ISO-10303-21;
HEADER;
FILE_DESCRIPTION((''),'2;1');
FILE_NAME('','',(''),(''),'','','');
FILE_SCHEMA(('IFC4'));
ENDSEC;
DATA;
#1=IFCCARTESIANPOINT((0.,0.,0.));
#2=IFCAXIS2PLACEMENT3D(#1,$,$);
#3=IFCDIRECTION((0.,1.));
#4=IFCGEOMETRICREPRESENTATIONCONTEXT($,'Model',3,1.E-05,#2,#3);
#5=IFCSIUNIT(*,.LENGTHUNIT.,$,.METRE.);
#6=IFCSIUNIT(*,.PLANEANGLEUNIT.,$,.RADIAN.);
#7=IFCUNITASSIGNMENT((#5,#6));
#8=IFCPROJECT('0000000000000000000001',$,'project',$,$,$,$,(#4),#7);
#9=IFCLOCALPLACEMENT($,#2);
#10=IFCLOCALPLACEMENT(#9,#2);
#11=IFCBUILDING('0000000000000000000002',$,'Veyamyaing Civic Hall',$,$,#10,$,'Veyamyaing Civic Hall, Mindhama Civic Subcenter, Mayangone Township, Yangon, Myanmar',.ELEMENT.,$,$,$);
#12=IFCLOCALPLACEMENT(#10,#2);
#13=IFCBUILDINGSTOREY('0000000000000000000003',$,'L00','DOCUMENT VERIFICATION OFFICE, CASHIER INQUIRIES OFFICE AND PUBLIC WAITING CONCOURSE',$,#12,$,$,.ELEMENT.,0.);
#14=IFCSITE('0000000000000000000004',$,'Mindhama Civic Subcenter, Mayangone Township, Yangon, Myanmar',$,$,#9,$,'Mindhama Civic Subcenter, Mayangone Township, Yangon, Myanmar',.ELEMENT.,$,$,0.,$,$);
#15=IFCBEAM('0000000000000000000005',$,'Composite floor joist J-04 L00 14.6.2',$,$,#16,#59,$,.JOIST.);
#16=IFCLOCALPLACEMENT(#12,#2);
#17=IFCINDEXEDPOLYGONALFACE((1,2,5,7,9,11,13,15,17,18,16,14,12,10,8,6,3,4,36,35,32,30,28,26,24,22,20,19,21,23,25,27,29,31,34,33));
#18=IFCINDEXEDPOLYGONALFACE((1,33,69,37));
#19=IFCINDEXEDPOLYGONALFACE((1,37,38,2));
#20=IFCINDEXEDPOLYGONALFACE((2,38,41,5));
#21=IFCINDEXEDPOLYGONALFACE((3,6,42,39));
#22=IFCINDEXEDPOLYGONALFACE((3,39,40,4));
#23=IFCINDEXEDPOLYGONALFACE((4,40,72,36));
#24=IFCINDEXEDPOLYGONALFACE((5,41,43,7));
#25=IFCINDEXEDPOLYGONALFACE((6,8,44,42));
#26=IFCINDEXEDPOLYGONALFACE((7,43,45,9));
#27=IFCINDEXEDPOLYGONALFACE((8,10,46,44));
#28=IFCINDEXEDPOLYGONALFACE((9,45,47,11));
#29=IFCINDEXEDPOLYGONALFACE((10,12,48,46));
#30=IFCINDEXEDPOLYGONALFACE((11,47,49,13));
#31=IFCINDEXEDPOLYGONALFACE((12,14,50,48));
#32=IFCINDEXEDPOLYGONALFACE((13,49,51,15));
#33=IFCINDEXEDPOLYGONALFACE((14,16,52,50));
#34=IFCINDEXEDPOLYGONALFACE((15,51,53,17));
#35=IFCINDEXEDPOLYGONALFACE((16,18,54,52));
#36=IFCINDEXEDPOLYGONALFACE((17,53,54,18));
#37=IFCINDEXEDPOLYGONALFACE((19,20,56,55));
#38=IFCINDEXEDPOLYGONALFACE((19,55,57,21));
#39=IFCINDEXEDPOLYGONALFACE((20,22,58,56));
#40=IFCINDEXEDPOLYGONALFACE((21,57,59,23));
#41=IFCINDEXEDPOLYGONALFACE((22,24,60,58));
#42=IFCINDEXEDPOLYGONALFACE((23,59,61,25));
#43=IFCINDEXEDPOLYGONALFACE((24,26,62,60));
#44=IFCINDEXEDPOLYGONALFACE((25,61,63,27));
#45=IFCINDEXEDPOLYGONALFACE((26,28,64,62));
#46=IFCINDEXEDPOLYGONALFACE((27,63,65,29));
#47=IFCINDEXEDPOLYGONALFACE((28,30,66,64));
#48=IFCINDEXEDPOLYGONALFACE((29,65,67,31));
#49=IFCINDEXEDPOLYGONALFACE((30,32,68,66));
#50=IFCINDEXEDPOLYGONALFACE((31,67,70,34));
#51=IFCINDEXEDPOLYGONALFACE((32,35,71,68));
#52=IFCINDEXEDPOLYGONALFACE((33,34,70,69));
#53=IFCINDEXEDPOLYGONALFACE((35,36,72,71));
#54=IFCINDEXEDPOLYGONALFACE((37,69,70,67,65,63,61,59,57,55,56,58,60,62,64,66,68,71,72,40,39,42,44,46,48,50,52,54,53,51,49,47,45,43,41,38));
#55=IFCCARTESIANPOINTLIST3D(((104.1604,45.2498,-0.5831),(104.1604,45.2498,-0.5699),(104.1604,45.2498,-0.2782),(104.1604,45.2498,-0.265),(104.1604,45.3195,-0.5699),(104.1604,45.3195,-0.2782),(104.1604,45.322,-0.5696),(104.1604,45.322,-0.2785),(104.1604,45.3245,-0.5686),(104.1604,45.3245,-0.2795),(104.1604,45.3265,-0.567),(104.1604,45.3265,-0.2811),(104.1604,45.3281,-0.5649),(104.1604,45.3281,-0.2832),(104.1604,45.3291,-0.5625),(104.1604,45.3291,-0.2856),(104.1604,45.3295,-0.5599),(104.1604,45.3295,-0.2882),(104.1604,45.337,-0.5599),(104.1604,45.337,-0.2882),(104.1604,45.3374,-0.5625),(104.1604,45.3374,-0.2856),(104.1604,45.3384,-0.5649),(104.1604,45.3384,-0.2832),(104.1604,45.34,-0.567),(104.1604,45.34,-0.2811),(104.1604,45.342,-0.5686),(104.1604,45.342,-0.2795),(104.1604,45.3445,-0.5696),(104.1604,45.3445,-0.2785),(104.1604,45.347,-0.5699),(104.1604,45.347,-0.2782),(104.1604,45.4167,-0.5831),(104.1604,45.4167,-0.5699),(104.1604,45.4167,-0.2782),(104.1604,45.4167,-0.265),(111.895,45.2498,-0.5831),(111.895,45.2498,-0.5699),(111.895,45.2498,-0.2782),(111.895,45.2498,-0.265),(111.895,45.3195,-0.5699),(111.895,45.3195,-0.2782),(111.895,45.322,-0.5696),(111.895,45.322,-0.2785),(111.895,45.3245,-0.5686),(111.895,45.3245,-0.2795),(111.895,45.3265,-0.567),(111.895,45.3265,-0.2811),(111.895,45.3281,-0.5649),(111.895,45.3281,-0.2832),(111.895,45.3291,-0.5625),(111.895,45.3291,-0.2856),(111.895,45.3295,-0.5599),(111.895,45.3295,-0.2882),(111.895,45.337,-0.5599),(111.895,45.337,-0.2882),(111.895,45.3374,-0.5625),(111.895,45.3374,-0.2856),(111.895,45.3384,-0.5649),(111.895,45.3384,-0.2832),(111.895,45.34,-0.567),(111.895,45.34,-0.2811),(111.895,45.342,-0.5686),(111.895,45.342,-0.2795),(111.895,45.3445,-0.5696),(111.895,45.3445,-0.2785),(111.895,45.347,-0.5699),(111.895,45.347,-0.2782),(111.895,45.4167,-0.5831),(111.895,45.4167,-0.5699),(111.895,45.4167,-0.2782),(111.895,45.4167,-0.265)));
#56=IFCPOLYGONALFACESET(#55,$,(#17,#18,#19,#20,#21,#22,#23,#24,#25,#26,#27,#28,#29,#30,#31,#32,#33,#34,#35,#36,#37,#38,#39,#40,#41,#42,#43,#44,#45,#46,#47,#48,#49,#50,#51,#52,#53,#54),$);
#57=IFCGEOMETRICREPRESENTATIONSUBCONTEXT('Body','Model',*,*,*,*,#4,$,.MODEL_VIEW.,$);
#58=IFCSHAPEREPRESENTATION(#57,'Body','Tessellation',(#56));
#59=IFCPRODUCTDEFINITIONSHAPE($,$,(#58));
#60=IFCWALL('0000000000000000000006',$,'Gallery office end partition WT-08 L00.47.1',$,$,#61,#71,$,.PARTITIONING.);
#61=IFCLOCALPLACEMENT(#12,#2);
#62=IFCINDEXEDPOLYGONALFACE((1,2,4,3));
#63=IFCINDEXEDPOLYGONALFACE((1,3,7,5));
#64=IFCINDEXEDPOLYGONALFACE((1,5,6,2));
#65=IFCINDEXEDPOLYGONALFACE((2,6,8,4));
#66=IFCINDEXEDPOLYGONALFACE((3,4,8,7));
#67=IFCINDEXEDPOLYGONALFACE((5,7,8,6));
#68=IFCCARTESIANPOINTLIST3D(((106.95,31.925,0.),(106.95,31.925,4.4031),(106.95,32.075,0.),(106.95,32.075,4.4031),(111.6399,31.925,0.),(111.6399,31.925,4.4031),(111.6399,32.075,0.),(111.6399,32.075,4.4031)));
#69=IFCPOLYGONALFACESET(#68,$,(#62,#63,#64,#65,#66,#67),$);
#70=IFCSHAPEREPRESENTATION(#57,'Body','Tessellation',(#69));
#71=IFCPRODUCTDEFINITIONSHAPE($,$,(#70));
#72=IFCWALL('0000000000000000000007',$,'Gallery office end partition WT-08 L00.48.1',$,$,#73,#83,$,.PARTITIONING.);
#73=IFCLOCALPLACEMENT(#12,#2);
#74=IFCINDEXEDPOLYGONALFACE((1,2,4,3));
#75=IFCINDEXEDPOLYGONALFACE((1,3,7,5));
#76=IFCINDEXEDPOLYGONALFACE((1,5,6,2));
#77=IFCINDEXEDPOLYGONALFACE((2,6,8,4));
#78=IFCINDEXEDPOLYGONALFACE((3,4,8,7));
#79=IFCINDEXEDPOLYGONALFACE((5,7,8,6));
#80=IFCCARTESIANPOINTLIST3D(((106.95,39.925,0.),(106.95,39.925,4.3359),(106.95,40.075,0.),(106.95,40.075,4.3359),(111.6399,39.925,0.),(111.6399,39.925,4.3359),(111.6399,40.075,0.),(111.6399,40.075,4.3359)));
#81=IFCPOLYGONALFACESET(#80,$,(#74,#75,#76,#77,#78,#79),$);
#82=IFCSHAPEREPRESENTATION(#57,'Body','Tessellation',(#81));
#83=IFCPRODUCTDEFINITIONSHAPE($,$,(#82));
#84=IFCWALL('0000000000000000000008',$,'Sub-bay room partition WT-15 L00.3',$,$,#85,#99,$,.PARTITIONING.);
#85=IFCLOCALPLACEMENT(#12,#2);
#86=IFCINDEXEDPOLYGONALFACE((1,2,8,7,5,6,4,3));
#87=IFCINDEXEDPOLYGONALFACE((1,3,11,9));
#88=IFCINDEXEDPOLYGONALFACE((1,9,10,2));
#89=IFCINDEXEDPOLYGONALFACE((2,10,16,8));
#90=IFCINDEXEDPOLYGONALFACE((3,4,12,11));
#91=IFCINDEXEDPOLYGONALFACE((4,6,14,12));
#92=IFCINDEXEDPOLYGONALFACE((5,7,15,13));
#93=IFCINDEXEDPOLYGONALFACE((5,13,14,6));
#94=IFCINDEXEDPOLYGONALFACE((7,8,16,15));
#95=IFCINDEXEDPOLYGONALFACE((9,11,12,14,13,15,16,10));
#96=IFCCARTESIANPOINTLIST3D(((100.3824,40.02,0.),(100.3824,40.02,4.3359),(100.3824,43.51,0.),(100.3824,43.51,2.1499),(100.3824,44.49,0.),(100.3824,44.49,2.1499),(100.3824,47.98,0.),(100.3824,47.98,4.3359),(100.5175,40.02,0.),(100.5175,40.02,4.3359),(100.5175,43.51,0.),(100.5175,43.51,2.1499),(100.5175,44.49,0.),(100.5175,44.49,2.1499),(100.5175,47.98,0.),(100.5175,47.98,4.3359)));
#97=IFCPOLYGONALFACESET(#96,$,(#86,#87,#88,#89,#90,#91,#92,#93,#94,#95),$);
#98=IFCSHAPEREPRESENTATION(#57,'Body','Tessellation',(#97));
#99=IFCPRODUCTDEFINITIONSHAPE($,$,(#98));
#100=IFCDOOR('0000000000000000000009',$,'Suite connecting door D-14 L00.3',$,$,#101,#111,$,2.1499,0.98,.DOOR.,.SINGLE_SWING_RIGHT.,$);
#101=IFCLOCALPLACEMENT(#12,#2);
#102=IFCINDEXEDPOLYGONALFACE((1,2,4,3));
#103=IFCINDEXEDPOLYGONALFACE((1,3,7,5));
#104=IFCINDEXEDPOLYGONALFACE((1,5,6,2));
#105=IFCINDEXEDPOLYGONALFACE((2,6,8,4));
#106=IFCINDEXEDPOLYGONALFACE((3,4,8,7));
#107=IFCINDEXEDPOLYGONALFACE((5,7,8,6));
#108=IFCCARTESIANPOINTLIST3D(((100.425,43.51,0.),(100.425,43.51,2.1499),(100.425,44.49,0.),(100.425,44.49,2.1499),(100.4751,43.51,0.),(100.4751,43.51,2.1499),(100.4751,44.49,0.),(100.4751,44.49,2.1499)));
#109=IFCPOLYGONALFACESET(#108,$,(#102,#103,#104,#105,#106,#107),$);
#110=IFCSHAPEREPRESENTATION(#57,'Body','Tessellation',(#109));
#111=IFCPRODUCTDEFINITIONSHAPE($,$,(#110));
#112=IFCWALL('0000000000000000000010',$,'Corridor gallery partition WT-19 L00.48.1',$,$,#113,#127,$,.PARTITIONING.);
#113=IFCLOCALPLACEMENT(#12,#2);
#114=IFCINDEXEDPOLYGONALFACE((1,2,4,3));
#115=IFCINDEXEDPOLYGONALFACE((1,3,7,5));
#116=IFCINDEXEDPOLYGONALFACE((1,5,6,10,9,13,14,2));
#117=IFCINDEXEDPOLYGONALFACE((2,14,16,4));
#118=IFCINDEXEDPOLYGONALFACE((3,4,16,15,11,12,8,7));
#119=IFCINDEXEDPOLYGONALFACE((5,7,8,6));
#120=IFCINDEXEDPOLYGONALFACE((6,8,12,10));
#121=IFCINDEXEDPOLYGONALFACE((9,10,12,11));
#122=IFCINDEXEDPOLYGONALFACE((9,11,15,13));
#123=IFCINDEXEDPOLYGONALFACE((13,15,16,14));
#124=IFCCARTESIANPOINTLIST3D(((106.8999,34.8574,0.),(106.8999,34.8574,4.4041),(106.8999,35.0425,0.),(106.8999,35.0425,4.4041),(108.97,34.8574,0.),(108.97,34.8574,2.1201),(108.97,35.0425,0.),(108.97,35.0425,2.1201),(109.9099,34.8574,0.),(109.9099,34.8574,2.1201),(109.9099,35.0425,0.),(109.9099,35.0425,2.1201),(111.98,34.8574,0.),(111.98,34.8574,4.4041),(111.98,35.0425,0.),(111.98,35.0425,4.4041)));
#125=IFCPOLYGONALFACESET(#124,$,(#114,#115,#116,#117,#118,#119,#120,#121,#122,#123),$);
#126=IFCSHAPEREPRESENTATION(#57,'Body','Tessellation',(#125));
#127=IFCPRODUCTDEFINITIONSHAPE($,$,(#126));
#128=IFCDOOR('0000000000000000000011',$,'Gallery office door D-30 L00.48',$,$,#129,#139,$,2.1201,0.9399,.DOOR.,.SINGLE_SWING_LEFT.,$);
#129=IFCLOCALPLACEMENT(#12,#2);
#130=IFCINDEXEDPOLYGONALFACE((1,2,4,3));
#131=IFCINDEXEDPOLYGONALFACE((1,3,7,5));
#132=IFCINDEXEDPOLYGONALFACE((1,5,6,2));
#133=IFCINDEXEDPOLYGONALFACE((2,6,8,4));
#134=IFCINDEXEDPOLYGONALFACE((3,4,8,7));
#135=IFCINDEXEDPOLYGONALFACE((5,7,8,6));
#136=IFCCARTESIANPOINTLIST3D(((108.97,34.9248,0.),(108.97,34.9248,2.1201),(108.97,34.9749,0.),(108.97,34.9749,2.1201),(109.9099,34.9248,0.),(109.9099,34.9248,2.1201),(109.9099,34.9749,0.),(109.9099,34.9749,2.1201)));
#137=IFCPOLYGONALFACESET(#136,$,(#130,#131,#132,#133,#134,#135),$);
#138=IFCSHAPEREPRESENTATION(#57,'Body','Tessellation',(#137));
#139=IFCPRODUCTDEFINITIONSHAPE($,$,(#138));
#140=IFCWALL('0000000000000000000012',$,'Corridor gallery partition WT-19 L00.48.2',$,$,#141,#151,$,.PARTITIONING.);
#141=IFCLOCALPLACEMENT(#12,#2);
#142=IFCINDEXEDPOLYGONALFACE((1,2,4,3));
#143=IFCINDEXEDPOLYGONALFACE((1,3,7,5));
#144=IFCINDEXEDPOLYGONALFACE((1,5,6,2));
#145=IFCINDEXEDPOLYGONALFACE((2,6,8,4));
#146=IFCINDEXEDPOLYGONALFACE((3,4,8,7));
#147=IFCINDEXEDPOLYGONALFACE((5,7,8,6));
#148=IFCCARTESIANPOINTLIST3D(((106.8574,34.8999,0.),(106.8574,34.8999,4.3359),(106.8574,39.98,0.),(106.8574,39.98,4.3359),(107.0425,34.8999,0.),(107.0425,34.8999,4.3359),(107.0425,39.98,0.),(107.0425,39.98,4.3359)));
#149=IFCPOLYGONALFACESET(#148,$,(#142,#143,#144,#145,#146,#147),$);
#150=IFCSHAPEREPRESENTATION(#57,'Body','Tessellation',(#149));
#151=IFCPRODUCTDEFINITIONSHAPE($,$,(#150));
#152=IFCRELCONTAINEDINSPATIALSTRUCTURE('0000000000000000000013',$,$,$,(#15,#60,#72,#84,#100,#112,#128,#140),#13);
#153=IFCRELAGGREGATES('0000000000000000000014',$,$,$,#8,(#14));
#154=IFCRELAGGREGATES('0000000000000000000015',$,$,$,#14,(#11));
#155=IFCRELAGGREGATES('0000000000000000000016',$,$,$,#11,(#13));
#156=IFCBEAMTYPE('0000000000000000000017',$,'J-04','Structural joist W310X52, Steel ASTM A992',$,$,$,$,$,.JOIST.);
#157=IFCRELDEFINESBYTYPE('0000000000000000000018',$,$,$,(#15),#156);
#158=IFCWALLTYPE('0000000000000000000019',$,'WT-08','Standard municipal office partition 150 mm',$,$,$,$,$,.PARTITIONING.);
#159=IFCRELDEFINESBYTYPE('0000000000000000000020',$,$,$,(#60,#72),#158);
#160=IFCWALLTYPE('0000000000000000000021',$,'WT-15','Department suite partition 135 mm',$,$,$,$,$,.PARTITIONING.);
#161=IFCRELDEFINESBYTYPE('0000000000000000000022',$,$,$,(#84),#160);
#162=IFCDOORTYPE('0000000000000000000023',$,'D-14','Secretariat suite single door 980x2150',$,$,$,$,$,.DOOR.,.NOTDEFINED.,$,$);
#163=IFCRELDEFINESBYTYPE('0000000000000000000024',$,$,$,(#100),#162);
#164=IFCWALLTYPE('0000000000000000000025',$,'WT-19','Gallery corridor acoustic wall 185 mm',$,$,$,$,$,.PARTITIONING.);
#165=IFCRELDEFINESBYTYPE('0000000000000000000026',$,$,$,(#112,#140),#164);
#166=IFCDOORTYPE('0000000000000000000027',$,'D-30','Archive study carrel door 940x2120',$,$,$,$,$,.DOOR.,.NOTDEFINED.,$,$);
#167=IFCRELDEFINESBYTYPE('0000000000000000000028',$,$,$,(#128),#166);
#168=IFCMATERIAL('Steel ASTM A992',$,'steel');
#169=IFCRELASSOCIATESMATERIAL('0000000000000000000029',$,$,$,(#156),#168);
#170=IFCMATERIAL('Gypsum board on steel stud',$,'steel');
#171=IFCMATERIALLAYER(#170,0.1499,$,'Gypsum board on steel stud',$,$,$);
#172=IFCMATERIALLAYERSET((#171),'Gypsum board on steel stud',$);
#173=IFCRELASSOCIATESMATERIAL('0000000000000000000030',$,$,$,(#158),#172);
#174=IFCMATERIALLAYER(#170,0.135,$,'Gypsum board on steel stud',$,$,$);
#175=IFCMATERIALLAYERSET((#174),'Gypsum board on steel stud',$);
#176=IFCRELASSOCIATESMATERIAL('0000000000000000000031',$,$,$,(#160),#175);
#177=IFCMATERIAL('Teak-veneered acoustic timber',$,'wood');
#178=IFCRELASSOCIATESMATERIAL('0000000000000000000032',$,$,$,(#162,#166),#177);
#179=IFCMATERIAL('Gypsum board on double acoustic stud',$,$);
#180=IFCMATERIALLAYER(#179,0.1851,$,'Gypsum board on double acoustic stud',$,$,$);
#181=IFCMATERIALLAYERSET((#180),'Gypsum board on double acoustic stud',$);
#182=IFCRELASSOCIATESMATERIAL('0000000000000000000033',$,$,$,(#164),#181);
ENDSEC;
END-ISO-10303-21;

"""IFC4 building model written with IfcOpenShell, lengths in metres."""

from ifc_helpers import new_model, si_unit, direction, frame, frame_2d, origin, origin_2d, place, context, subcontext, project, spatial, rectangle, i_section, extrude, material, layer, layer_set, material_profile, profile_set, type_object, element, fill, save


model = new_model("IFC4")

# Units and contexts
model_context = context("Model", 3, precision=1e-05, world=origin(), true_north=direction((0.0, 1.0)))
body_context = subcontext(model_context, "Body", "Model", "MODEL_VIEW")
ifc_project = project(units=[si_unit("LENGTHUNIT", "METRE"), si_unit("PLANEANGLEUNIT", "RADIAN")], contexts=[model_context])

# Site, building, storey
site_placement = place(None, origin())
site = spatial("IfcSite", under=ifc_project, at=site_placement, Name="Mindhama Civic Subcenter, Mayangone Township, Yangon, Myanmar", LongName="Mindhama Civic Subcenter, Mayangone Township, Yangon, Myanmar", CompositionType="ELEMENT", RefElevation=0.0)
building_placement = place(site_placement, origin())
building = spatial("IfcBuilding", under=site, at=building_placement, Name="Veyamyaing Civic Hall", LongName="Veyamyaing Civic Hall, Mindhama Civic Subcenter, Mayangone Township, Yangon, Myanmar", CompositionType="ELEMENT")
storey_placement = place(building_placement, origin())
storey = spatial("IfcBuildingStorey", under=building, at=storey_placement, Name="L00", Description="DOCUMENT VERIFICATION OFFICE, CASHIER INQUIRIES OFFICE AND PUBLIC WAITING CONCOURSE", CompositionType="ELEMENT", Elevation=0.0)

# Beam
ifc_material_1 = material(Name="Steel ASTM A992", Category="steel")
ifc_material_profile_1 = material_profile(ifc_material_1, i_section(OverallWidth=0.167, OverallDepth=0.3181, WebThickness=0.0076, FlangeThickness=0.0132, FilletRadius=0.01, at=origin_2d()), Name="W310X52")
ifc_profile_set_1 = profile_set([ifc_material_profile_1], Name="Steel ASTM A992")
beam_type_1 = type_object("IfcBeamType", Name="J-04", Description="Structural joist W310X52, Steel ASTM A992", PredefinedType="JOIST", material=ifc_profile_set_1)
for number, where, z_axis, x_axis, name in (
    (1, (104.1604, 45.3333, -0.4241), (1.0, 0.0, 0.0), (0.0, 1.0, 0.0), "Composite floor joist J-04 L00 14.6.2"),
):
    element("IfcBeam", number, at=place(storey_placement, frame(where, z_axis=z_axis, x_axis=x_axis)), inside=storey, type_object=beam_type_1, Name=name, PredefinedType="JOIST", context=body_context, shape_type="SweptSolid", body=[
        extrude(i_section(OverallWidth=0.167, OverallDepth=0.3181, WebThickness=0.0076, FlangeThickness=0.0132, FilletRadius=0.01, at=origin_2d()), origin(), (0.0, 0.0, 1.0), 7.7346),
    ])

# Walls
ifc_material_2 = material(Name="Gypsum board on steel stud", Category="steel")
ifc_layer_1 = layer(ifc_material_2, 0.1499, Name="Gypsum board on steel stud")
ifc_layer_set_1 = layer_set([ifc_layer_1], Name="Gypsum board on steel stud")
wall_type_1 = type_object("IfcWallType", Name="WT-08", Description="Standard municipal office partition 150 mm", PredefinedType="PARTITIONING", material=ifc_layer_set_1)
wall_1_placement = place(storey_placement, frame((106.95, 32.0, 0.0), z_axis=(0.0, 0.0, 1.0), x_axis=(1.0, 0.0, 0.0)))
element("IfcWall", 2, at=wall_1_placement, inside=storey, type_object=wall_type_1, Name="Gallery office end partition WT-08 L00.47.1", PredefinedType="PARTITIONING", context=body_context, shape_type="SweptSolid", body=[
    extrude(rectangle(XDim=4.6899, YDim=0.1499, at=frame_2d((2.345, 0.0))), origin(), (0.0, 0.0, 1.0), 4.4031),
])
wall_2_placement = place(storey_placement, frame((106.95, 40.0, 0.0), z_axis=(0.0, 0.0, 1.0), x_axis=(1.0, 0.0, 0.0)))
element("IfcWall", 3, at=wall_2_placement, inside=storey, type_object=wall_type_1, Name="Gallery office end partition WT-08 L00.48.1", PredefinedType="PARTITIONING", context=body_context, shape_type="SweptSolid", body=[
    extrude(rectangle(XDim=4.6899, YDim=0.1499, at=frame_2d((2.345, 0.0))), origin(), (0.0, 0.0, 1.0), 4.3359),
])

# Walls, openings, doors
ifc_layer_2 = layer(ifc_material_2, 0.135, Name="Gypsum board on steel stud")
ifc_layer_set_2 = layer_set([ifc_layer_2], Name="Gypsum board on steel stud")
wall_type_2 = type_object("IfcWallType", Name="WT-15", Description="Department suite partition 135 mm", PredefinedType="PARTITIONING", material=ifc_layer_set_2)
wall_3_placement = place(storey_placement, frame((100.45, 40.02, 0.0), z_axis=(0.0, 0.0, 1.0), x_axis=(0.0, 1.0, 0.0)))
wall_3 = element("IfcWall", 4, at=wall_3_placement, inside=storey, type_object=wall_type_2, Name="Sub-bay room partition WT-15 L00.3", PredefinedType="PARTITIONING", context=body_context, shape_type="SweptSolid", body=[
    extrude(rectangle(XDim=7.96, YDim=0.135, at=frame_2d((3.98, 0.0))), origin(), (0.0, 0.0, 1.0), 4.3359),
])
opening_1_placement = place(wall_3_placement, frame((3.49, 0.0, 0.0)))
opening_1 = element("IfcOpeningElement", 5, at=opening_1_placement, cuts=wall_3, PredefinedType="OPENING", context=body_context, shape_type="SweptSolid", body=[
    extrude(rectangle(XDim=0.98, YDim=2.1499, at=frame_2d((0.49, 1.075))), frame((0.0, 0.0774, 0.0), z_axis=(0.0, -1.0, 0.0), x_axis=(1.0, 0.0, 0.0)), (0.0, 0.0, 1.0), 0.155),
])
ifc_material_3 = material(Name="Teak-veneered acoustic timber", Category="wood")
door_type_1 = type_object("IfcDoorType", Name="D-14", Description="Secretariat suite single door 980x2150", OperationType="NOTDEFINED", PredefinedType="DOOR", material=ifc_material_3)
door_1_placement = place(opening_1_placement, origin())
door_1 = element("IfcDoor", 6, at=door_1_placement, inside=storey, type_object=door_type_1, Name="Suite connecting door D-14 L00.3", OperationType="SINGLE_SWING_RIGHT", OverallHeight=2.1499, OverallWidth=0.98, PredefinedType="DOOR", context=body_context, shape_type="SweptSolid", body=[
    extrude(rectangle(XDim=0.98, YDim=2.1499, at=frame_2d((0.49, 1.075))), frame((0.0, 0.0249, 0.0), z_axis=(0.0, -1.0, 0.0), x_axis=(1.0, 0.0, 0.0)), (0.0, 0.0, 1.0), 0.05),
])
fill(opening_1, door_1)
ifc_material_4 = material(Name="Gypsum board on double acoustic stud")
ifc_layer_3 = layer(ifc_material_4, 0.1851, Name="Gypsum board on double acoustic stud")
ifc_layer_set_3 = layer_set([ifc_layer_3], Name="Gypsum board on double acoustic stud")
wall_type_3 = type_object("IfcWallType", Name="WT-19", Description="Gallery corridor acoustic wall 185 mm", PredefinedType="PARTITIONING", material=ifc_layer_set_3)
wall_4_placement = place(storey_placement, frame((106.8999, 34.95, 0.0), z_axis=(0.0, 0.0, 1.0), x_axis=(1.0, 0.0, 0.0)))
wall_4 = element("IfcWall", 7, at=wall_4_placement, inside=storey, type_object=wall_type_3, Name="Corridor gallery partition WT-19 L00.48.1", PredefinedType="PARTITIONING", context=body_context, shape_type="SweptSolid", body=[
    extrude(rectangle(XDim=5.0801, YDim=0.1851, at=frame_2d((2.54, 0.0))), origin(), (0.0, 0.0, 1.0), 4.4041),
])
opening_2_placement = place(wall_4_placement, frame((2.0701, 0.0, 0.0)))
opening_2 = element("IfcOpeningElement", 8, at=opening_2_placement, cuts=wall_4, PredefinedType="OPENING", context=body_context, shape_type="SweptSolid", body=[
    extrude(rectangle(XDim=0.9399, YDim=2.1201, at=frame_2d((0.47, 1.0601))), frame((0.0, 0.1025, 0.0), z_axis=(0.0, -1.0, 0.0), x_axis=(1.0, 0.0, 0.0)), (0.0, 0.0, 1.0), 0.2051),
])
door_type_2 = type_object("IfcDoorType", Name="D-30", Description="Archive study carrel door 940x2120", OperationType="NOTDEFINED", PredefinedType="DOOR", material=ifc_material_3)
door_2_placement = place(opening_2_placement, origin())
door_2 = element("IfcDoor", 9, at=door_2_placement, inside=storey, type_object=door_type_2, Name="Gallery office door D-30 L00.48", OperationType="SINGLE_SWING_LEFT", OverallHeight=2.1201, OverallWidth=0.9399, PredefinedType="DOOR", context=body_context, shape_type="SweptSolid", body=[
    extrude(rectangle(XDim=0.9399, YDim=2.1201, at=frame_2d((0.47, 1.0601))), frame((0.0, 0.0249, 0.0), z_axis=(0.0, -1.0, 0.0), x_axis=(1.0, 0.0, 0.0)), (0.0, 0.0, 1.0), 0.05),
])
fill(opening_2, door_2)

# Wall
wall_5_placement = place(storey_placement, frame((106.95, 34.8999, 0.0), z_axis=(0.0, 0.0, 1.0), x_axis=(0.0, 1.0, 0.0)))
element("IfcWall", 10, at=wall_5_placement, inside=storey, type_object=wall_type_3, Name="Corridor gallery partition WT-19 L00.48.2", PredefinedType="PARTITIONING", context=body_context, shape_type="SweptSolid", body=[
    extrude(rectangle(XDim=5.0801, YDim=0.1851, at=frame_2d((2.54, 0.0))), origin(), (0.0, 0.0, 1.0), 4.3359),
])

save(model, "model.ifc")
